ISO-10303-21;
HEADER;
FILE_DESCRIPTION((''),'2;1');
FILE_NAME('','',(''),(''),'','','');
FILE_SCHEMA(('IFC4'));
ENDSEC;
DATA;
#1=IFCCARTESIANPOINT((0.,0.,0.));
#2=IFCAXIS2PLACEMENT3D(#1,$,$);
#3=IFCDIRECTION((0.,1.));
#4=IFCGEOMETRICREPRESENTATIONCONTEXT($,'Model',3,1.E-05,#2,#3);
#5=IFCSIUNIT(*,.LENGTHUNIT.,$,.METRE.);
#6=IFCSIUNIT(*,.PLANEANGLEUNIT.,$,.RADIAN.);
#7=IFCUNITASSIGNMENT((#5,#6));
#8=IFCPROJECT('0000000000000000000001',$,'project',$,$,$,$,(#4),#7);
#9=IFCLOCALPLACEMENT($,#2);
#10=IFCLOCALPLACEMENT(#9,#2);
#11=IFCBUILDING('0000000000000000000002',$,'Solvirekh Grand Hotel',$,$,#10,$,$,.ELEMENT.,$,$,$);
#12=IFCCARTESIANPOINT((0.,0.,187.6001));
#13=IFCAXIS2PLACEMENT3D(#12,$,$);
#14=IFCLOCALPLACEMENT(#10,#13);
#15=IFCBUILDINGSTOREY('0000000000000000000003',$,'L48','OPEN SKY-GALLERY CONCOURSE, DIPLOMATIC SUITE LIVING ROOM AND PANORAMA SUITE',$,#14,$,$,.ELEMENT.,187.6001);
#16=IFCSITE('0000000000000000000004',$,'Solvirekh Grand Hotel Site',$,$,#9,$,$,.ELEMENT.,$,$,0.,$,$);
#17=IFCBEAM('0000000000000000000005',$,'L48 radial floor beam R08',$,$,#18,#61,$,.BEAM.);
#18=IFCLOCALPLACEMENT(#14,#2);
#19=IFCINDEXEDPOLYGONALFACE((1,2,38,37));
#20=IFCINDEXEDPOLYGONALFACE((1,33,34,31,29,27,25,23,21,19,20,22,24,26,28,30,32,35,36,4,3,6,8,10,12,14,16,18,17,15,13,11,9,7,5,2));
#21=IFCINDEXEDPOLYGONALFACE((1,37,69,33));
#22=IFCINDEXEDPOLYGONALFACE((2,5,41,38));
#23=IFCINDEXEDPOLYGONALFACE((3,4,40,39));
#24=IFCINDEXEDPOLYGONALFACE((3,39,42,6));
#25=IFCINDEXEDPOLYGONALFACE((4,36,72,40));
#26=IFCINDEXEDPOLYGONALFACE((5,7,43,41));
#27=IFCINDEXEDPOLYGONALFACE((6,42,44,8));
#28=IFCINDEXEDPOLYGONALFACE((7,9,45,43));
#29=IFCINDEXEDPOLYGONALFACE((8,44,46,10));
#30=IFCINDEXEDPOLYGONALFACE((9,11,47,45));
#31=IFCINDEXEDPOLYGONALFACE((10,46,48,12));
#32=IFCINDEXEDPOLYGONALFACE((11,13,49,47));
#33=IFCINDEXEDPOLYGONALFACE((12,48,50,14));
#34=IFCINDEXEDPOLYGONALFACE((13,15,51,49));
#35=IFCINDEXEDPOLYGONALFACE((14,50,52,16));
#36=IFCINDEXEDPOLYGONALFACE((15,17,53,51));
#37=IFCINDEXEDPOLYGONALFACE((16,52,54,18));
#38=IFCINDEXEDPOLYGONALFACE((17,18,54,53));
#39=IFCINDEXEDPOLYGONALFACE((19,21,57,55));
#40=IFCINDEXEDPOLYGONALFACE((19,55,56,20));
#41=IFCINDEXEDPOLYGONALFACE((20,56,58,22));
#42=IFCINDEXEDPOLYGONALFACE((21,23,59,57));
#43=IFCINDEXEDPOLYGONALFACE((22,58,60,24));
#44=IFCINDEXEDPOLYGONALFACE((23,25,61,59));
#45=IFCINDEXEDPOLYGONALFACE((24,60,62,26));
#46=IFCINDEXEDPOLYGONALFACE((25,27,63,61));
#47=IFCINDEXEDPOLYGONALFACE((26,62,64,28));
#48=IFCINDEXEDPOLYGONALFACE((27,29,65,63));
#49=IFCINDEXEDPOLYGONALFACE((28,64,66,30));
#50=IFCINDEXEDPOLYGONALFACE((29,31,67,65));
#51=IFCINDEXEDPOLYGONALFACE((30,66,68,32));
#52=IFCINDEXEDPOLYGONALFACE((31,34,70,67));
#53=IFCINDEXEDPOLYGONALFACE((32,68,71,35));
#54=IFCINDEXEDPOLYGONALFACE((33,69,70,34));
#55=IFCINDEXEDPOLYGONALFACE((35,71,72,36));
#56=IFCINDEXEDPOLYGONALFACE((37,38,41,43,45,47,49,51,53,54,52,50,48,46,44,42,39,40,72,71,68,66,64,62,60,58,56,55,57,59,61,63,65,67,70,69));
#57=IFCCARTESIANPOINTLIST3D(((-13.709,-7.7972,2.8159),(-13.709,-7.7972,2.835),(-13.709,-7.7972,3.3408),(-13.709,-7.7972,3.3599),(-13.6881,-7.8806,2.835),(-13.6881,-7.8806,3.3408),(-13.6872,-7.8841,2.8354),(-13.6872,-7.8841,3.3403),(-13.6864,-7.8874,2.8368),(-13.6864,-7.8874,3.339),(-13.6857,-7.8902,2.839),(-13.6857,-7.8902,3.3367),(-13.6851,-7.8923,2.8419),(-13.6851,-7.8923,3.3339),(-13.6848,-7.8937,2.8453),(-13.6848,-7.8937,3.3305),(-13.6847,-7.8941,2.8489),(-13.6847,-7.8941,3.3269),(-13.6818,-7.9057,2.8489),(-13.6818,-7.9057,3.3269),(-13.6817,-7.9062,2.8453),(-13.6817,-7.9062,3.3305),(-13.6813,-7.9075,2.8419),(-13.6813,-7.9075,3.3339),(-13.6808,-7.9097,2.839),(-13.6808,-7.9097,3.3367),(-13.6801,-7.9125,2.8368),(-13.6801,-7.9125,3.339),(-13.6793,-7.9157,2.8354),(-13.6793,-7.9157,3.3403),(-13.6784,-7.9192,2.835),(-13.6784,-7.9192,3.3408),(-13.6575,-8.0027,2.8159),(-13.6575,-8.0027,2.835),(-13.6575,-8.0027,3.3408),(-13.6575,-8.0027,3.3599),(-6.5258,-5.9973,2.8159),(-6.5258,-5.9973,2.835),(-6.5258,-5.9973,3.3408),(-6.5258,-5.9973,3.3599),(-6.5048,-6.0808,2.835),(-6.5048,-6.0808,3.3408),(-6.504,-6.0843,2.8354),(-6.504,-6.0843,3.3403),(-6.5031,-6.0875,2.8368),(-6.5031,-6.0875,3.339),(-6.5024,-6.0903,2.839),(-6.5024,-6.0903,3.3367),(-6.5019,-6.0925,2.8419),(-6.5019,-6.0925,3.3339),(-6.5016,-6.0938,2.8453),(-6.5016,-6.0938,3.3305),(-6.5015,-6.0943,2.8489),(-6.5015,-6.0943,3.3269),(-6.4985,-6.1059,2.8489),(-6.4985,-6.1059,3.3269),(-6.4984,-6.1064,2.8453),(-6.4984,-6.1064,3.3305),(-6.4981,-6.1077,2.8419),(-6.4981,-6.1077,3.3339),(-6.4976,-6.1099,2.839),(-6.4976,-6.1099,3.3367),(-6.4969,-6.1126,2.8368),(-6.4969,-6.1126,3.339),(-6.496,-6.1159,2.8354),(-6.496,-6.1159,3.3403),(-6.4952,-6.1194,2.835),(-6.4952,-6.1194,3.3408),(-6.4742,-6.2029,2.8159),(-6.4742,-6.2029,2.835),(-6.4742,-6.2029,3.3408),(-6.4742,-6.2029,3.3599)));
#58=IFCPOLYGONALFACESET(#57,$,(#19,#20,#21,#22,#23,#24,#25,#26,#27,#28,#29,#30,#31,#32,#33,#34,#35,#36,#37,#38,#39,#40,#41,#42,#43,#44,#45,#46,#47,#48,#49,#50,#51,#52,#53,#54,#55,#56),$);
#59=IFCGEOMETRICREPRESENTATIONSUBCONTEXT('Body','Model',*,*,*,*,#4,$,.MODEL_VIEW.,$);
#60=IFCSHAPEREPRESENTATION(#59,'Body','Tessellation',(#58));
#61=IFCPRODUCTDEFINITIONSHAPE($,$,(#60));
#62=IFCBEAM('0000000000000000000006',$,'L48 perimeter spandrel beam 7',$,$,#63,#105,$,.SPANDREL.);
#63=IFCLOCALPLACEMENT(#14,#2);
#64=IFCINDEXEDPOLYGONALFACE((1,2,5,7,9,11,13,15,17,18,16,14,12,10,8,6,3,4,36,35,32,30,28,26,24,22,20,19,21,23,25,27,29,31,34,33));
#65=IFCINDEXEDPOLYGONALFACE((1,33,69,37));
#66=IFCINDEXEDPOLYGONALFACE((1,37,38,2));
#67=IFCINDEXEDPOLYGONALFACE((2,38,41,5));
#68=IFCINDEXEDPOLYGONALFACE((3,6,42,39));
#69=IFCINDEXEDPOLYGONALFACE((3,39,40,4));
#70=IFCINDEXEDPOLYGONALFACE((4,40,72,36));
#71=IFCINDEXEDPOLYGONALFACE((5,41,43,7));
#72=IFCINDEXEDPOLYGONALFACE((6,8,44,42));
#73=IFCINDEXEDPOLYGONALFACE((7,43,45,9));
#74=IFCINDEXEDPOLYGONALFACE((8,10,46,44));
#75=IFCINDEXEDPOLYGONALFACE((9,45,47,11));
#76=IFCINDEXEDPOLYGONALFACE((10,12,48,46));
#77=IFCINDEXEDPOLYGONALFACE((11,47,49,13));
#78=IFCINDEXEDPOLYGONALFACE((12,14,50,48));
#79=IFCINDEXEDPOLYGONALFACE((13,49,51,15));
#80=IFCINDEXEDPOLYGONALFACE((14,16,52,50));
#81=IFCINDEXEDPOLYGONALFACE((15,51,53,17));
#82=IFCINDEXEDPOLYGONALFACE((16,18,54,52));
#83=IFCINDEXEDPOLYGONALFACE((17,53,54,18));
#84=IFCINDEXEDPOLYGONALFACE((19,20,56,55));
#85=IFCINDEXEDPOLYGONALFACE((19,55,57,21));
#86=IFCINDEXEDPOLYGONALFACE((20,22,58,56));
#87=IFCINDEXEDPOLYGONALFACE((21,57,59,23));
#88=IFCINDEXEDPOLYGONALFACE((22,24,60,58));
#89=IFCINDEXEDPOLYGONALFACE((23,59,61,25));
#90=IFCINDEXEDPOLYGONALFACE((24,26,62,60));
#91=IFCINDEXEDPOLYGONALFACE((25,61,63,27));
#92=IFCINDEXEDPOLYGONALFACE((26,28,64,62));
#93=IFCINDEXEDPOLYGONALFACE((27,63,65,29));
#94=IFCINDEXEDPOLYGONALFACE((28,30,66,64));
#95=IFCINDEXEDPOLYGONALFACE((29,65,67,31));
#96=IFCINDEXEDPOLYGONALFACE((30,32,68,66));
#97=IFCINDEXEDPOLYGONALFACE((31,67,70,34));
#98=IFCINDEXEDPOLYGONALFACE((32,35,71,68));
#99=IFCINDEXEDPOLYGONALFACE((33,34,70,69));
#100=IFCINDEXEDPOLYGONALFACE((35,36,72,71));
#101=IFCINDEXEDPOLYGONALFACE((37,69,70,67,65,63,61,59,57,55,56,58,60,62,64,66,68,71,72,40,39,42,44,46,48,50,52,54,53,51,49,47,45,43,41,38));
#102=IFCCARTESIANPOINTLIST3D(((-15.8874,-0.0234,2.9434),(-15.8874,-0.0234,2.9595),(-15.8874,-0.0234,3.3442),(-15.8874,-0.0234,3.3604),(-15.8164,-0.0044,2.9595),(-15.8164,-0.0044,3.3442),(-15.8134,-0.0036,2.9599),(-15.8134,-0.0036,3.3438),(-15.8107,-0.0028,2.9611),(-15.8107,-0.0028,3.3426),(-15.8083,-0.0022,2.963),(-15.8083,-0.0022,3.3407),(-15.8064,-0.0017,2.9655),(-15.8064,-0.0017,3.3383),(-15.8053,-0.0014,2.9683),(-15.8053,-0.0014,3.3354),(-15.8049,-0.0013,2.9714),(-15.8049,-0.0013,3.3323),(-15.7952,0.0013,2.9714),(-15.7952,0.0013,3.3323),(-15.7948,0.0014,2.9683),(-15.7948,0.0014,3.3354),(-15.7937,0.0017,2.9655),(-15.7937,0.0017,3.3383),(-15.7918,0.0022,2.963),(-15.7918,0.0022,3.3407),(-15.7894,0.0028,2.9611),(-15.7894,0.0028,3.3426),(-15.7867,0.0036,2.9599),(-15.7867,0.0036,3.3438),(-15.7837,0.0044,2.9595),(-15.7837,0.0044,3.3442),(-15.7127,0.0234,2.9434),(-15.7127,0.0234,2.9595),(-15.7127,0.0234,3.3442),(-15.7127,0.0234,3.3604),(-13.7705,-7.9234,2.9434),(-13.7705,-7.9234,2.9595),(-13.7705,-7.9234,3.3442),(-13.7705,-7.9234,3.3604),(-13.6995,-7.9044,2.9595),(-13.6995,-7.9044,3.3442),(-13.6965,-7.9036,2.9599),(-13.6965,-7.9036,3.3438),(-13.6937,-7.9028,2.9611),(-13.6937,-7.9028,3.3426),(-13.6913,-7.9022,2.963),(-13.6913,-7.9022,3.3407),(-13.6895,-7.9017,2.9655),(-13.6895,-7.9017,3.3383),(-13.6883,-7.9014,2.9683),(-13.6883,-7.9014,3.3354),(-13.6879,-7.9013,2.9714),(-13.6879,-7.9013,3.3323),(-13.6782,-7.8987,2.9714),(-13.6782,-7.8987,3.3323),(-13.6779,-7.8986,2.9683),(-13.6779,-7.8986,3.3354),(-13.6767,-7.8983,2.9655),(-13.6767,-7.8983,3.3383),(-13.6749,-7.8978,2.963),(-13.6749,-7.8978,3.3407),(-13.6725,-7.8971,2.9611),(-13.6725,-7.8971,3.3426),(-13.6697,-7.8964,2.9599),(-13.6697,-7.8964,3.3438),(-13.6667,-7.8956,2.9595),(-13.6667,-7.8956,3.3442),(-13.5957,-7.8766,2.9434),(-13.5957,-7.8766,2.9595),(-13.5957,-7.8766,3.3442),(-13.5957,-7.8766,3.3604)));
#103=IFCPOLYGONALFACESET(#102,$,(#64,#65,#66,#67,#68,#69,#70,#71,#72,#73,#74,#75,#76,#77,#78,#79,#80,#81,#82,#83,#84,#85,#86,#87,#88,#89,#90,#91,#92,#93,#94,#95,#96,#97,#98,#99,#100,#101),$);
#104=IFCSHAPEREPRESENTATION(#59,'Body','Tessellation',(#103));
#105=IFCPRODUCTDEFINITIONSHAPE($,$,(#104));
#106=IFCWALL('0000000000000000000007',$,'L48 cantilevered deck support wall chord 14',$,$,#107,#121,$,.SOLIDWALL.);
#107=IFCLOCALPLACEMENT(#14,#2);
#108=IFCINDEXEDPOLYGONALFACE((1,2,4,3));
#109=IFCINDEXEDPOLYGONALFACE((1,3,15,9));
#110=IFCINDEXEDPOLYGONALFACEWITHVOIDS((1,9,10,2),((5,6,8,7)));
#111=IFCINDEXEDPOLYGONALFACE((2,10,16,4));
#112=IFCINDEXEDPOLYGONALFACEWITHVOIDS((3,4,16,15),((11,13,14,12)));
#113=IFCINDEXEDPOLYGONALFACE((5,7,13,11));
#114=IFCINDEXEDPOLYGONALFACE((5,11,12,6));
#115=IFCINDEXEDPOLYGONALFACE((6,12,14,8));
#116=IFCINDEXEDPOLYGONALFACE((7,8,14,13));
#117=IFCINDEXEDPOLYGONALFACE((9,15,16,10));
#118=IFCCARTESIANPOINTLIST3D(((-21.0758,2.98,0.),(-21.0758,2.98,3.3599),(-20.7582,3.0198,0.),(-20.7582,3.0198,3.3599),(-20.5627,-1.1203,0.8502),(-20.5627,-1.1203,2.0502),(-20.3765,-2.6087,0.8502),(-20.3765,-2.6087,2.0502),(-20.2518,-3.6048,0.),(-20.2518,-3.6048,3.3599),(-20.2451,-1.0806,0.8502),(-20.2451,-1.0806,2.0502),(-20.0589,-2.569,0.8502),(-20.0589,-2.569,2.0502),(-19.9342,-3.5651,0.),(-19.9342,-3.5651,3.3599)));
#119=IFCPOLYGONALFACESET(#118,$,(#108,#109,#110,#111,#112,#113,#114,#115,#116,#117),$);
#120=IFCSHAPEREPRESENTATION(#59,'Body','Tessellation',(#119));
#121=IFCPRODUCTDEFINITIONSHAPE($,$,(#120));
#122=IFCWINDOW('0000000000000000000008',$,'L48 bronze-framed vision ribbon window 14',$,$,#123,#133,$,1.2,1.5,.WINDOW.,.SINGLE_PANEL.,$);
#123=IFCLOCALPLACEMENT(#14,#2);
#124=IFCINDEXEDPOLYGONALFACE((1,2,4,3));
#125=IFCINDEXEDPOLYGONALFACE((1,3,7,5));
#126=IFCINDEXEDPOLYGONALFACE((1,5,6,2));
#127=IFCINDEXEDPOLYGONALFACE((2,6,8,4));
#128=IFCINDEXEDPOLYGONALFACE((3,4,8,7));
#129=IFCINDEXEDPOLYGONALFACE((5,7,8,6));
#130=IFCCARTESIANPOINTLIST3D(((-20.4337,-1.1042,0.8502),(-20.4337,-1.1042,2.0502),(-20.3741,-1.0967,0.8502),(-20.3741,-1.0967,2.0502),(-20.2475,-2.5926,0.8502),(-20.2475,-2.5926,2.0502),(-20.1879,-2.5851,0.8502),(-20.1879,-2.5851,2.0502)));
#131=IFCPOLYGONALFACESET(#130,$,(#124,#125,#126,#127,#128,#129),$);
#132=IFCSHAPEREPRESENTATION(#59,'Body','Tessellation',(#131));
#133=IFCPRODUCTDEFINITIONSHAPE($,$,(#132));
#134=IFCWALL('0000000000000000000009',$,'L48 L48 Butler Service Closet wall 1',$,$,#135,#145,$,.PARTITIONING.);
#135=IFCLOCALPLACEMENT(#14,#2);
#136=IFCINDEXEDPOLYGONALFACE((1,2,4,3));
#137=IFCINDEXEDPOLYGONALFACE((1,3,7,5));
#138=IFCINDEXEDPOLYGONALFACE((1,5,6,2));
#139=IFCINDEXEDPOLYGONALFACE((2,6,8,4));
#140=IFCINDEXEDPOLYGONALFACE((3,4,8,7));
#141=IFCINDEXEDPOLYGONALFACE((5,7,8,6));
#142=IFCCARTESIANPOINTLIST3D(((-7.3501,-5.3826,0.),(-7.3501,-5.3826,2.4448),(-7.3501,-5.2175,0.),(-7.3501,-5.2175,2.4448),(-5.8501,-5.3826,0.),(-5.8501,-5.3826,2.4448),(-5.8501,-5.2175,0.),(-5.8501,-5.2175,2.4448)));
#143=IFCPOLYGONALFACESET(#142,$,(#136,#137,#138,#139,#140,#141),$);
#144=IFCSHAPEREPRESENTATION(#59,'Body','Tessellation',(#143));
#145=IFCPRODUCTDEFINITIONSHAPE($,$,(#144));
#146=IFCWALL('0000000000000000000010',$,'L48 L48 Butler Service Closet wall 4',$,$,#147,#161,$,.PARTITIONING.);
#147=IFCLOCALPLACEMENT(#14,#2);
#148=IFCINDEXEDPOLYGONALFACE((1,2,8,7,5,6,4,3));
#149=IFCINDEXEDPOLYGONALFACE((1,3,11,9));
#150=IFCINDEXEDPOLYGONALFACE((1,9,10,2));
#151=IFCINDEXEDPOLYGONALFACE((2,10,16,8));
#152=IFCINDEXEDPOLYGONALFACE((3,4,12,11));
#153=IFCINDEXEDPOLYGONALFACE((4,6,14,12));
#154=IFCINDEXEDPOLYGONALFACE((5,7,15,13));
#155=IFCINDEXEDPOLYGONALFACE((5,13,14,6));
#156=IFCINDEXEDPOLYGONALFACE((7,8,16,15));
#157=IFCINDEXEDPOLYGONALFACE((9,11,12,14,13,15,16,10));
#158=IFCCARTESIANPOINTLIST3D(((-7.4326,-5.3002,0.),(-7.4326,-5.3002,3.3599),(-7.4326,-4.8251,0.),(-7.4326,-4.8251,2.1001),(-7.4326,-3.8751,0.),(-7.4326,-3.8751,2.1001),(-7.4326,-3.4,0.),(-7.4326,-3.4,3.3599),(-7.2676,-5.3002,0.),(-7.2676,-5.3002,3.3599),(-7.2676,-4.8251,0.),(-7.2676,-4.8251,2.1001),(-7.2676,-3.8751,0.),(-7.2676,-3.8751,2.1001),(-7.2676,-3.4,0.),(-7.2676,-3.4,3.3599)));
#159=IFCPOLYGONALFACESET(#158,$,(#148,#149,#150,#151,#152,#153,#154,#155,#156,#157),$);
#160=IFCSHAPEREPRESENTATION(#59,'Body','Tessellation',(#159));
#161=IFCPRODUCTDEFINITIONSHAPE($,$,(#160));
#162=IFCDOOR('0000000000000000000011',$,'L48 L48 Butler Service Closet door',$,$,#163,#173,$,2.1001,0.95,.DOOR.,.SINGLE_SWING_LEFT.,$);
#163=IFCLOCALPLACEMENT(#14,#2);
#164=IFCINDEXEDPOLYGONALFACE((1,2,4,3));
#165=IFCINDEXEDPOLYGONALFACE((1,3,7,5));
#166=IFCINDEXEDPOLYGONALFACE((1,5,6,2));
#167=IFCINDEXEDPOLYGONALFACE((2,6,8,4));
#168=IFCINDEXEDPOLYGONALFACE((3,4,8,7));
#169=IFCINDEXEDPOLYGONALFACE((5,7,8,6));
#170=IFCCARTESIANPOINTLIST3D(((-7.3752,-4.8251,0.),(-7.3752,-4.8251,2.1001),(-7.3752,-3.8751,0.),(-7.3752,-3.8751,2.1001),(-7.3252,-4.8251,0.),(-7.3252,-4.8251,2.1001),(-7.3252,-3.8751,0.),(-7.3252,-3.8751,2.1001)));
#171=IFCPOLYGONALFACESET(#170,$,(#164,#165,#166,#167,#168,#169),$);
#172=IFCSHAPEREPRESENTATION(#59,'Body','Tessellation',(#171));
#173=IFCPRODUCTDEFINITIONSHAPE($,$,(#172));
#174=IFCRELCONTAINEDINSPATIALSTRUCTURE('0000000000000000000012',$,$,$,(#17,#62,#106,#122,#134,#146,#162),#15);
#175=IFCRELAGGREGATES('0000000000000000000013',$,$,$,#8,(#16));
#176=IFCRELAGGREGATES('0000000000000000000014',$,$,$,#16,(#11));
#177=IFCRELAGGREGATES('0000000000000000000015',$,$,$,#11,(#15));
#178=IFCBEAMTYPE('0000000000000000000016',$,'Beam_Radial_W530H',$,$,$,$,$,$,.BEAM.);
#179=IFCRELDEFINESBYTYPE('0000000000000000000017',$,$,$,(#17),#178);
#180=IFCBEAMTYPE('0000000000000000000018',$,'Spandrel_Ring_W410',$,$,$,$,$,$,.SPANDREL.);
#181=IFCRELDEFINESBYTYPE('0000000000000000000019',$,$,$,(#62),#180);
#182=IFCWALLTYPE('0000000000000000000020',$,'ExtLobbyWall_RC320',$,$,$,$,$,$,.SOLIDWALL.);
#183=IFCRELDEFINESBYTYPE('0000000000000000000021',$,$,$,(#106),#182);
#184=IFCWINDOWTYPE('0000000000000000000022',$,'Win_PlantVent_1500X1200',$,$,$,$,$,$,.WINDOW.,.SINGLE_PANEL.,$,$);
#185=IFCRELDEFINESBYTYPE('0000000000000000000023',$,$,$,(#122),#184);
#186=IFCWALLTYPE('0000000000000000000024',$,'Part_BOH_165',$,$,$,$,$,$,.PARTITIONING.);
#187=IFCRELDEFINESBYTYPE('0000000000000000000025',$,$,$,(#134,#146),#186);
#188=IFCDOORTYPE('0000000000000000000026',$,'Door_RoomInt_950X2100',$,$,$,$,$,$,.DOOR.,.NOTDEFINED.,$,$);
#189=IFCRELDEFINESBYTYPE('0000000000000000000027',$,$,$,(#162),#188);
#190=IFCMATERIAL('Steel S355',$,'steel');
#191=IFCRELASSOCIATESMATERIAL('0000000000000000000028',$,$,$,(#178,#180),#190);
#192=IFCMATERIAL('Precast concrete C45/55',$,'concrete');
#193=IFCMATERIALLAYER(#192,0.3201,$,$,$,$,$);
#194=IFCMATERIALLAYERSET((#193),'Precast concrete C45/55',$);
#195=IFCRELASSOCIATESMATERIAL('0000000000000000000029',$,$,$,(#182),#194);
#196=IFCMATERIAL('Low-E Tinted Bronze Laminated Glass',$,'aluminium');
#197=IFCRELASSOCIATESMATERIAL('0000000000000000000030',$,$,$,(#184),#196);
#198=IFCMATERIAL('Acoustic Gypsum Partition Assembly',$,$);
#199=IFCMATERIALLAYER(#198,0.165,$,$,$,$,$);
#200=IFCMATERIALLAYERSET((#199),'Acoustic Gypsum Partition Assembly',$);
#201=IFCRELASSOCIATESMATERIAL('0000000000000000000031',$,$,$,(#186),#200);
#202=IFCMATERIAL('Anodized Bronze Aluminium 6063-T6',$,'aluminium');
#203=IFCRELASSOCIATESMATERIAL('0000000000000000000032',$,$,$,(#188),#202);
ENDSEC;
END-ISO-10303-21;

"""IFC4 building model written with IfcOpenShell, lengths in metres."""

from ifc_helpers import new_model, si_unit, direction, frame, frame_2d, origin, origin_2d, place, context, subcontext, project, spatial, rectangle, i_section, extrude, material, layer, layer_set, material_profile, profile_set, type_object, element, fill, save


model = new_model("IFC4")

# Units and contexts
model_context = context("Model", 3, precision=1e-05, world=origin(), true_north=direction((0.0, 1.0)))
body_context = subcontext(model_context, "Body", "Model", "MODEL_VIEW")
ifc_project = project(units=[si_unit("LENGTHUNIT", "METRE"), si_unit("PLANEANGLEUNIT", "RADIAN")], contexts=[model_context])

# Site, building, storey
site_placement = place(None, origin())
site = spatial("IfcSite", under=ifc_project, at=site_placement, Name="Solvirekh Grand Hotel Site", CompositionType="ELEMENT", RefElevation=0.0)
building_placement = place(site_placement, origin())
building = spatial("IfcBuilding", under=site, at=building_placement, Name="Solvirekh Grand Hotel", CompositionType="ELEMENT")
storey_placement = place(building_placement, frame((0.0, 0.0, 187.6001)))
storey = spatial("IfcBuildingStorey", under=building, at=storey_placement, Name="L48", Description="OPEN SKY-GALLERY CONCOURSE, DIPLOMATIC SUITE LIVING ROOM AND PANORAMA SUITE", CompositionType="ELEMENT", Elevation=187.6001)

# Beams
ifc_material_1 = material(Name="Steel S355", Category="steel")
ifc_material_profile_1 = material_profile(ifc_material_1, i_section(OverallWidth=0.2119, OverallDepth=0.5439, WebThickness=0.012, FlangeThickness=0.019, FilletRadius=0.0139, at=origin_2d()), Name="W530X123")
ifc_profile_set_1 = profile_set([ifc_material_profile_1], Name="Steel S355")
beam_type_1 = type_object("IfcBeamType", Name="Beam_Radial_W530H", PredefinedType="BEAM", material=ifc_profile_set_1)
beam_1_placement = place(storey_placement, frame((-6.5, -6.1001, 3.0879), z_axis=(-0.970014, -0.243048, 0.0), x_axis=(0.243048, -0.970014, 0.0)))
element("IfcBeam", 1, at=beam_1_placement, inside=storey, type_object=beam_type_1, Name="L48 radial floor beam R08", PredefinedType="BEAM", context=body_context, shape_type="SweptSolid", body=[
    extrude(i_section(OverallWidth=0.2119, OverallDepth=0.5439, WebThickness=0.012, FlangeThickness=0.019, FilletRadius=0.0139, at=origin_2d()), origin(), (0.0, 0.0, 1.0), 7.4053),
])
ifc_material_profile_2 = material_profile(ifc_material_1, i_section(OverallWidth=0.1809, OverallDepth=0.417, WebThickness=0.01, FlangeThickness=0.0161, FilletRadius=0.012, at=origin_2d()), Name="W410X85")
ifc_profile_set_2 = profile_set([ifc_material_profile_2], Name="Steel S355")
beam_type_2 = type_object("IfcBeamType", Name="Spandrel_Ring_W410", PredefinedType="SPANDREL", material=ifc_profile_set_2)
beam_2_placement = place(storey_placement, frame((-15.8, 0.0, 3.1519), z_axis=(0.258839, -0.965921, 0.0), x_axis=(0.965921, 0.258839, 0.0)))
element("IfcBeam", 2, at=beam_2_placement, inside=storey, type_object=beam_type_2, Name="L48 perimeter spandrel beam 7", PredefinedType="SPANDREL", context=body_context, shape_type="SweptSolid", body=[
    extrude(i_section(OverallWidth=0.1809, OverallDepth=0.417, WebThickness=0.01, FlangeThickness=0.0161, FilletRadius=0.012, at=origin_2d()), origin(), (0.0, 0.0, 1.0), 8.1787),
])

# Wall, opening, window
ifc_material_2 = material(Name="Precast concrete C45/55", Category="concrete")
ifc_layer_1 = layer(ifc_material_2, 0.3201)
ifc_layer_set_1 = layer_set([ifc_layer_1], Name="Precast concrete C45/55")
wall_type_1 = type_object("IfcWallType", Name="ExtLobbyWall_RC320", PredefinedType="SOLIDWALL", material=ifc_layer_set_1)
wall_1_placement = place(storey_placement, frame((-20.093, -3.585, 0.0), z_axis=(0.0, 0.0, 1.0), x_axis=(-0.124162, 0.992262, 0.0)))
wall_1 = element("IfcWall", 3, at=wall_1_placement, inside=storey, type_object=wall_type_1, Name="L48 cantilevered deck support wall chord 14", PredefinedType="SOLIDWALL", context=body_context, shape_type="SweptSolid", body=[
    extrude(rectangle(XDim=6.6362, YDim=0.3201, at=frame_2d((3.3181, 0.0))), origin(), (0.0, 0.0, 1.0), 3.3599),
])
opening_1_placement = place(wall_1_placement, frame((1.0039, 0.0, 0.8501)))
opening_1 = element("IfcOpeningElement", 4, at=opening_1_placement, cuts=wall_1, PredefinedType="OPENING", context=body_context, shape_type="SweptSolid", body=[
    extrude(rectangle(XDim=1.5, YDim=1.2, at=frame_2d((0.75, 0.6001))), frame((0.0, 0.1699, 0.0), z_axis=(0.0, -1.0, 0.0), x_axis=(1.0, 0.0, 0.0)), (0.0, 0.0, 1.0), 0.3401),
])
ifc_material_3 = material(Name="Low-E Tinted Bronze Laminated Glass", Category="aluminium")
window_type = type_object("IfcWindowType", Name="Win_PlantVent_1500X1200", PartitioningType="SINGLE_PANEL", PredefinedType="WINDOW", material=ifc_material_3)
window_placement = place(opening_1_placement, origin())
window = element("IfcWindow", 5, at=window_placement, inside=storey, type_object=window_type, Name="L48 bronze-framed vision ribbon window 14", OverallHeight=1.2, OverallWidth=1.5, PartitioningType="SINGLE_PANEL", PredefinedType="WINDOW", context=body_context, shape_type="SweptSolid", body=[
    extrude(rectangle(XDim=1.5, YDim=1.2, at=frame_2d((0.75, 0.6001))), frame((0.0, 0.03, 0.0), z_axis=(0.0, -1.0, 0.0), x_axis=(1.0, 0.0, 0.0)), (0.0, 0.0, 1.0), 0.0601),
])
fill(opening_1, window)

# Wall
ifc_material_4 = material(Name="Acoustic Gypsum Partition Assembly")
ifc_layer_2 = layer(ifc_material_4, 0.165)
ifc_layer_set_2 = layer_set([ifc_layer_2], Name="Acoustic Gypsum Partition Assembly")
wall_type_2 = type_object("IfcWallType", Name="Part_BOH_165", PredefinedType="PARTITIONING", material=ifc_layer_set_2)
wall_2_placement = place(storey_placement, frame((-7.3501, -5.3, 0.0), z_axis=(0.0, 0.0, 1.0), x_axis=(1.0, 0.0, 0.0)))
element("IfcWall", 6, at=wall_2_placement, inside=storey, type_object=wall_type_2, Name="L48 L48 Butler Service Closet wall 1", PredefinedType="PARTITIONING", context=body_context, shape_type="SweptSolid", body=[
    extrude(rectangle(XDim=1.5, YDim=0.165, at=frame_2d((0.75, 0.0))), origin(), (0.0, 0.0, 1.0), 2.4448),
])

# Wall, opening, door
wall_3_placement = place(storey_placement, frame((-7.3501, -3.3999, 0.0), z_axis=(0.0, 0.0, 1.0), x_axis=(0.0, -1.0, 0.0)))
wall_3 = element("IfcWall", 7, at=wall_3_placement, inside=storey, type_object=wall_type_2, Name="L48 L48 Butler Service Closet wall 4", PredefinedType="PARTITIONING", context=body_context, shape_type="SweptSolid", body=[
    extrude(rectangle(XDim=1.9001, YDim=0.165, at=frame_2d((0.9502, 0.0))), origin(), (0.0, 0.0, 1.0), 3.3599),
])
opening_2_placement = place(wall_3_placement, frame((0.4751, 0.0, 0.0)))
opening_2 = element("IfcOpeningElement", 8, at=opening_2_placement, cuts=wall_3, PredefinedType="OPENING", context=body_context, shape_type="SweptSolid", body=[
    extrude(rectangle(XDim=0.95, YDim=2.1001, at=frame_2d((0.4751, 1.05))), frame((0.0, 0.0925, 0.0), z_axis=(0.0, -1.0, 0.0), x_axis=(1.0, 0.0, 0.0)), (0.0, 0.0, 1.0), 0.1851),
])
ifc_material_5 = material(Name="Anodized Bronze Aluminium 6063-T6", Category="aluminium")
door_type_1 = type_object("IfcDoorType", Name="Door_RoomInt_950X2100", OperationType="NOTDEFINED", PredefinedType="DOOR", material=ifc_material_5)
door_1_placement = place(opening_2_placement, origin())
door_1 = element("IfcDoor", 9, at=door_1_placement, inside=storey, type_object=door_type_1, Name="L48 L48 Butler Service Closet door", OperationType="SINGLE_SWING_LEFT", OverallHeight=2.1001, OverallWidth=0.95, PredefinedType="DOOR", context=body_context, shape_type="SweptSolid", body=[
    extrude(rectangle(XDim=0.95, YDim=2.1001, at=frame_2d((0.4751, 1.05))), frame((0.0, 0.0249, 0.0), z_axis=(0.0, -1.0, 0.0), x_axis=(1.0, 0.0, 0.0)), (0.0, 0.0, 1.0), 0.05),
])
fill(opening_2, door_1)

save(model, "model.ifc")
